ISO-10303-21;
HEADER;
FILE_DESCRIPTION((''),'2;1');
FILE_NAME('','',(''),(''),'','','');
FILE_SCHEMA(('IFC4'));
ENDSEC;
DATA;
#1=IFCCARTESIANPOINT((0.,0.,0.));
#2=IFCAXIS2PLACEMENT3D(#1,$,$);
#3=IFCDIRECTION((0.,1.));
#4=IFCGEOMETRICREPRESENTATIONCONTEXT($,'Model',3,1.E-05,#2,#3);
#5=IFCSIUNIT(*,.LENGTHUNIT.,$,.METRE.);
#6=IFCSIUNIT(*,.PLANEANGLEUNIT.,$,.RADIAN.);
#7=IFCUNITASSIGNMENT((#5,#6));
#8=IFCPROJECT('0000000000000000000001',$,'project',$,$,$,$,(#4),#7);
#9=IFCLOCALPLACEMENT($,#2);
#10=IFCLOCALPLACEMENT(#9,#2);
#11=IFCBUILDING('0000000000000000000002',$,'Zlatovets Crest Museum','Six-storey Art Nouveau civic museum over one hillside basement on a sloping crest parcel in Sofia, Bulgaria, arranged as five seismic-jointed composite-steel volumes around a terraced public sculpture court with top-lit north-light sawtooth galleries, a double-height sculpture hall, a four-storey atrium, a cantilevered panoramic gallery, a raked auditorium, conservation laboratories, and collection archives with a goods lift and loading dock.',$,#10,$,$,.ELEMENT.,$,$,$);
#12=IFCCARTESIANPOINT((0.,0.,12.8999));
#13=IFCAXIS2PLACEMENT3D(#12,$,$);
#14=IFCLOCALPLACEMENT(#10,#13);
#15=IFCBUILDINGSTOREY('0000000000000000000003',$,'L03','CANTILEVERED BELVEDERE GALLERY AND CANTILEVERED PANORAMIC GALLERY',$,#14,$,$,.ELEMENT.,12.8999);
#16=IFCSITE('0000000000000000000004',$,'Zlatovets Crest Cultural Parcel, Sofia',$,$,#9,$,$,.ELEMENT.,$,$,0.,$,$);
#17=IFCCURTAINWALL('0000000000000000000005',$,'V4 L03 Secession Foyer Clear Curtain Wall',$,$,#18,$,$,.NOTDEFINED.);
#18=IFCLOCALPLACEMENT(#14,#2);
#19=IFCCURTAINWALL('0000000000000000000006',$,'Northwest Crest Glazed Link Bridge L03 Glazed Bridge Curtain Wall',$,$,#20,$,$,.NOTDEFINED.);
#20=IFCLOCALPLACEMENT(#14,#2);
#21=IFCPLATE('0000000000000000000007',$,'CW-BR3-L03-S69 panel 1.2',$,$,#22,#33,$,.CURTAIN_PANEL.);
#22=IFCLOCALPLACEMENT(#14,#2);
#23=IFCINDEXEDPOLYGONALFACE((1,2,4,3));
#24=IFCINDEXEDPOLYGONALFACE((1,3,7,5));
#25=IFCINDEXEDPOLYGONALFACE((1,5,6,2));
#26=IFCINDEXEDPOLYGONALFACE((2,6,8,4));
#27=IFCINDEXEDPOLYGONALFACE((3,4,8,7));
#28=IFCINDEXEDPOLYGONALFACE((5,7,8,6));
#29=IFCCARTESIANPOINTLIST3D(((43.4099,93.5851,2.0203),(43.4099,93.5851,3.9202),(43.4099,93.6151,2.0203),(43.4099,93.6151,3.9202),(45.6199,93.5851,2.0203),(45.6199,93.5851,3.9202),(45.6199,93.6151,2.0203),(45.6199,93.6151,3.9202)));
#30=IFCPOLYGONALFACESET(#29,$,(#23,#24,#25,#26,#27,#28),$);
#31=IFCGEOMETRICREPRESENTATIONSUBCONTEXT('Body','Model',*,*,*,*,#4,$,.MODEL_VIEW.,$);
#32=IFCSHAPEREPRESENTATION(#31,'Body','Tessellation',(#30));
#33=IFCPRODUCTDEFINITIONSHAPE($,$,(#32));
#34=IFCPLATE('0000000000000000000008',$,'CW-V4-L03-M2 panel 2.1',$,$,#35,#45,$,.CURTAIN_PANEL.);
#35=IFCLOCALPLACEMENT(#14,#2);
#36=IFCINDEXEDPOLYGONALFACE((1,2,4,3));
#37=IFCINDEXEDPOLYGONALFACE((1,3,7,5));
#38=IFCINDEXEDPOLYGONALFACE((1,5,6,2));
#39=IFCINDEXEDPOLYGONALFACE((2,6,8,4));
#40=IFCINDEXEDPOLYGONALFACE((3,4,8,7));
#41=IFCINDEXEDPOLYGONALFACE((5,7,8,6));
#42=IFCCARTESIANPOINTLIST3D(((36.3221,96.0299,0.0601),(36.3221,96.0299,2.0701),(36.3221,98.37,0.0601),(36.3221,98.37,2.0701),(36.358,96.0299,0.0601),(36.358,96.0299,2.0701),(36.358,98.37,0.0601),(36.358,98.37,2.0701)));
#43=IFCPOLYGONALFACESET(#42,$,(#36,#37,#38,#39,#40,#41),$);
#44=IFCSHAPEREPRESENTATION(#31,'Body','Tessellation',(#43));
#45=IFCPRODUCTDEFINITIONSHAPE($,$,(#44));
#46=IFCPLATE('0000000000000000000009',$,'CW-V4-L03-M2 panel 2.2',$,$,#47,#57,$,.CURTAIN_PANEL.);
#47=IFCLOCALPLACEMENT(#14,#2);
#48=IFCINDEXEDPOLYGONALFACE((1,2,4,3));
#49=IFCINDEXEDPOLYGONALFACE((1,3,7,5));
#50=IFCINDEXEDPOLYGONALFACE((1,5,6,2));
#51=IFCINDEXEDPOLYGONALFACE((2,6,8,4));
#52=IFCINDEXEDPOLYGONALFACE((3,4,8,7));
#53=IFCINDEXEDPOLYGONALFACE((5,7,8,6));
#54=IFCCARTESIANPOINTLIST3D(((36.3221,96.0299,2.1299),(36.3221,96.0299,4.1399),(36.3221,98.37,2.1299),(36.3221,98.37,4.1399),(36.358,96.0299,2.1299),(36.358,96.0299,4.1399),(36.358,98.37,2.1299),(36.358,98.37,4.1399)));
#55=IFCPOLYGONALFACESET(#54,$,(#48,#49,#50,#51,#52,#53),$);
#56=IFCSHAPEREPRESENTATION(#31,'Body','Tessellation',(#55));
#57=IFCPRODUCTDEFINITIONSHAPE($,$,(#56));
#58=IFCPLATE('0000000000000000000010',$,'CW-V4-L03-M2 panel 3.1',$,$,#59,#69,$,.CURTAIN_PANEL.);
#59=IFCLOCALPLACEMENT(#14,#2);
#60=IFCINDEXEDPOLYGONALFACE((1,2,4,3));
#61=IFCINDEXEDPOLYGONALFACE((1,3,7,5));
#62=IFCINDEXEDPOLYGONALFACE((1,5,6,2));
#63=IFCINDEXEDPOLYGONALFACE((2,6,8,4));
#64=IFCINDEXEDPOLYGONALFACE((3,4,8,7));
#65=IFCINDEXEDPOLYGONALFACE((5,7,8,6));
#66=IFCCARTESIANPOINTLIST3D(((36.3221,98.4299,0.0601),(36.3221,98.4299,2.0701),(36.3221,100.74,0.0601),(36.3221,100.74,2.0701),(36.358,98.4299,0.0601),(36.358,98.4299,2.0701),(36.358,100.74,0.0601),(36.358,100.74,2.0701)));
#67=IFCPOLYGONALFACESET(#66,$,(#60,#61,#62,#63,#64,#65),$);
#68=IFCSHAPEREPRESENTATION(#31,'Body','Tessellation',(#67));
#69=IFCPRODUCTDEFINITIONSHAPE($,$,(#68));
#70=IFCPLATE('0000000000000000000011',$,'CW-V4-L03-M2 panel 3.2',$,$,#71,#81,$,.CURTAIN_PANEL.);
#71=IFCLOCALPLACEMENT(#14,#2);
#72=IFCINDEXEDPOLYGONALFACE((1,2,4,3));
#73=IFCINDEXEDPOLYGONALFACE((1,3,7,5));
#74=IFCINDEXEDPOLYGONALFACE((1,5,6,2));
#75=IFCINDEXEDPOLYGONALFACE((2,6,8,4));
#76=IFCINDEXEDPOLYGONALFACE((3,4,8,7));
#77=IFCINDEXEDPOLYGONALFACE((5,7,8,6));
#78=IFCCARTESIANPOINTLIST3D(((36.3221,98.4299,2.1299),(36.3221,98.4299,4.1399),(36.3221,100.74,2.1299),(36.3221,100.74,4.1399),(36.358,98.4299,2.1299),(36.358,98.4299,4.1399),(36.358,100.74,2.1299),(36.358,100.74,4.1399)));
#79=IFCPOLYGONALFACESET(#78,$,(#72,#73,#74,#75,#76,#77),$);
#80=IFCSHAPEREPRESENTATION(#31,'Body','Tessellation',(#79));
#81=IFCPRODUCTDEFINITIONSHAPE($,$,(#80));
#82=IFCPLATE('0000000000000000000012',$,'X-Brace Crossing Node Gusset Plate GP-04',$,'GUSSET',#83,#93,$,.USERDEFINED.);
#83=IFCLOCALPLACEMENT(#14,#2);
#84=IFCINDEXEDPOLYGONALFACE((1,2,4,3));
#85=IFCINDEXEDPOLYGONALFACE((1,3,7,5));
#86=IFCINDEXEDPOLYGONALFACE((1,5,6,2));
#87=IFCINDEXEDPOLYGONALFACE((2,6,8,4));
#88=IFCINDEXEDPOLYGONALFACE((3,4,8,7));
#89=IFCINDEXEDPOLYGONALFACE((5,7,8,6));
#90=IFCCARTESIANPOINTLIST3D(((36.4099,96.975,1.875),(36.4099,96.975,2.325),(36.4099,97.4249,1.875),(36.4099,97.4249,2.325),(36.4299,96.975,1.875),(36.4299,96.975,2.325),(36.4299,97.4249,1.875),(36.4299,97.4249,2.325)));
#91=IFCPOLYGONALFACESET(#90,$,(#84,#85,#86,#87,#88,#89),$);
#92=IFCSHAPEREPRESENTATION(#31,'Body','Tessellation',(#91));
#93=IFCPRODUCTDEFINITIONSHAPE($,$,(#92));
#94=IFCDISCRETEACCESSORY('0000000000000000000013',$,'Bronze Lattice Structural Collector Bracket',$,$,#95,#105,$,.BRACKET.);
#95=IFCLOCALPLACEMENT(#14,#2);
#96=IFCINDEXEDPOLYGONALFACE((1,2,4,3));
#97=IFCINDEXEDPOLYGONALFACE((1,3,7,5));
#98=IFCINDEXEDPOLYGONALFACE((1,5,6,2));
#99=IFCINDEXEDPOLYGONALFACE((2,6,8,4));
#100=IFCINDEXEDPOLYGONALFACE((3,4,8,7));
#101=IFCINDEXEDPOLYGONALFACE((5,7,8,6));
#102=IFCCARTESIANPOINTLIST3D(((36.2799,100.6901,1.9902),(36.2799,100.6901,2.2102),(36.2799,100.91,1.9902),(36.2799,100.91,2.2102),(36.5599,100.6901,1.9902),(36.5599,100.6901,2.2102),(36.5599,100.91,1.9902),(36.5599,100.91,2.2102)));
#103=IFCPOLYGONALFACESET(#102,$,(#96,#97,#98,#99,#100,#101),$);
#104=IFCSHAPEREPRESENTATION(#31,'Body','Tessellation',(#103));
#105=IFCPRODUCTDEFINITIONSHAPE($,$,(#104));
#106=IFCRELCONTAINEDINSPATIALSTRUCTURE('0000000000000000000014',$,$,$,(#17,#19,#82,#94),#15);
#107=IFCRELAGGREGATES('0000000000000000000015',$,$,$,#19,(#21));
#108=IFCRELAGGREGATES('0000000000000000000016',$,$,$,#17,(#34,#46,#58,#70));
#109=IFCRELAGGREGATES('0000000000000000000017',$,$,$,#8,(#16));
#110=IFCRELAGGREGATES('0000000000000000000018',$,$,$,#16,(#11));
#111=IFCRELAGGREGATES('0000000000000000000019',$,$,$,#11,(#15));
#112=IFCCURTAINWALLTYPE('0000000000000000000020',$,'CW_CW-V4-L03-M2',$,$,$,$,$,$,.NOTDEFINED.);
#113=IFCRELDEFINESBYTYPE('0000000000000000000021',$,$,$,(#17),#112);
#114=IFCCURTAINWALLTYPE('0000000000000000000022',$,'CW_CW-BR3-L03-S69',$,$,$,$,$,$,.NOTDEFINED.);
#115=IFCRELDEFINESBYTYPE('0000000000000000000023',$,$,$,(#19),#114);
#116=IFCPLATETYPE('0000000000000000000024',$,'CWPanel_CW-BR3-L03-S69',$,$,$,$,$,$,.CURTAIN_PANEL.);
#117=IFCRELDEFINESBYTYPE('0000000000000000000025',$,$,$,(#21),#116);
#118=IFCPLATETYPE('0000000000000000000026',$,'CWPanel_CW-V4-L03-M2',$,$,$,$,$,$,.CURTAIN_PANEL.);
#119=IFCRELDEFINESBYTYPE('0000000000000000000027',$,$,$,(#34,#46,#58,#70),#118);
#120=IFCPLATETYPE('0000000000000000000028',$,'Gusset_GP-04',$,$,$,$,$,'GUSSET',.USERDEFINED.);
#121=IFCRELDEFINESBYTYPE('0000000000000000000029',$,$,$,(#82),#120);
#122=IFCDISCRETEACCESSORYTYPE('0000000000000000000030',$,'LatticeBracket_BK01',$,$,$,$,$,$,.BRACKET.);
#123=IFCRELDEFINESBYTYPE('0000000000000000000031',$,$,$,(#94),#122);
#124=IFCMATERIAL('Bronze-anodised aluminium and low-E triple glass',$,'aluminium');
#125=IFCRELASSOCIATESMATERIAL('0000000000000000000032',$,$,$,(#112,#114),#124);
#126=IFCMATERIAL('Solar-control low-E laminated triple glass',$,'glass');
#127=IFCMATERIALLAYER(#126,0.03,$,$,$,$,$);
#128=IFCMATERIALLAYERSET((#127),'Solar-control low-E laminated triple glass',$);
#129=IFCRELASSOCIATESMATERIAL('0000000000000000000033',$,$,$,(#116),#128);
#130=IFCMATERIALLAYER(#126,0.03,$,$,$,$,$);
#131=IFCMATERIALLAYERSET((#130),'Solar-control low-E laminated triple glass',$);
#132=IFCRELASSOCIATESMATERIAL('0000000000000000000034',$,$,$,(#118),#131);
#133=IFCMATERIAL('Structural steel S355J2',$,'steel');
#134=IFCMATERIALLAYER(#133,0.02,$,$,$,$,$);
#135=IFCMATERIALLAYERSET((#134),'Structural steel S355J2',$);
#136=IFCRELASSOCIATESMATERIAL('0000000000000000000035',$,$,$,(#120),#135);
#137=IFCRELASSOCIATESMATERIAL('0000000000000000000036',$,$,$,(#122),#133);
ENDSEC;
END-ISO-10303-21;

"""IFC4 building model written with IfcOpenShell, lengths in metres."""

from ifc_helpers import new_model, si_unit, direction, frame, origin, origin_2d, place, context, subcontext, project, spatial, rectangle, extrude, material, layer, layer_set, type_object, element, aggregate, save


model = new_model("IFC4")

# Units and contexts
model_context = context("Model", 3, precision=1e-05, world=origin(), true_north=direction((0.0, 1.0)))
body_context = subcontext(model_context, "Body", "Model", "MODEL_VIEW")
ifc_project = project(units=[si_unit("LENGTHUNIT", "METRE"), si_unit("PLANEANGLEUNIT", "RADIAN")], contexts=[model_context])

# Site, building, storey
site_placement = place(None, origin())
site = spatial("IfcSite", under=ifc_project, at=site_placement, Name="Zlatovets Crest Cultural Parcel, Sofia", CompositionType="ELEMENT", RefElevation=0.0)
building_placement = place(site_placement, origin())
building = spatial("IfcBuilding", under=site, at=building_placement, Name="Zlatovets Crest Museum", Description="Six-storey Art Nouveau civic museum over one hillside basement on a sloping crest parcel in Sofia, Bulgaria, arranged as five seismic-jointed composite-steel volumes around a terraced public sculpture court with top-lit north-light sawtooth galleries, a double-height sculpture hall, a four-storey atrium, a cantilevered panoramic gallery, a raked auditorium, conservation laboratories, and collection archives with a goods lift and loading dock.", CompositionType="ELEMENT")
storey_placement = place(building_placement, frame((0.0, 0.0, 12.8999)))
storey = spatial("IfcBuildingStorey", under=building, at=storey_placement, Name="L03", Description="CANTILEVERED BELVEDERE GALLERY AND CANTILEVERED PANORAMIC GALLERY", CompositionType="ELEMENT", Elevation=12.8999)

# Shared definitions
ifc_material_1 = material(Name="Structural steel S355J2", Category="steel")

# Curtain wall
ifc_material_2 = material(Name="Bronze-anodised aluminium and low-E triple glass", Category="aluminium")
curtain_wall_type_1 = type_object("IfcCurtainWallType", Name="CW_CW-V4-L03-M2", PredefinedType="NOTDEFINED", material=ifc_material_2)
curtain_wall_1_placement = place(storey_placement, origin())
curtain_wall_1 = element("IfcCurtainWall", 1, at=curtain_wall_1_placement, inside=storey, type_object=curtain_wall_type_1, Name="V4 L03 Secession Foyer Clear Curtain Wall", PredefinedType="NOTDEFINED")

# Curtain wall
curtain_wall_type_2 = type_object("IfcCurtainWallType", Name="CW_CW-BR3-L03-S69", PredefinedType="NOTDEFINED", material=ifc_material_2)
curtain_wall_2_placement = place(storey_placement, origin())
curtain_wall_2 = element("IfcCurtainWall", 2, at=curtain_wall_2_placement, inside=storey, type_object=curtain_wall_type_2, Name="Northwest Crest Glazed Link Bridge L03 Glazed Bridge Curtain Wall", PredefinedType="NOTDEFINED")

# Plates
ifc_material_3 = material(Name="Solar-control low-E laminated triple glass", Category="glass")
ifc_layer_1 = layer(ifc_material_3, 0.03)
ifc_layer_set_1 = layer_set([ifc_layer_1], Name="Solar-control low-E laminated triple glass")
plate_type_1 = type_object("IfcPlateType", Name="CWPanel_CW-BR3-L03-S69", PredefinedType="CURTAIN_PANEL", material=ifc_layer_set_1)
plate_1_placement = place(storey_placement, frame((44.5149, 93.6001, 2.0203), z_axis=(0.0, 0.0, 1.0), x_axis=(1.0, 0.0, 0.0)))
plate_1 = element("IfcPlate", 3, at=plate_1_placement, type_object=plate_type_1, Name="CW-BR3-L03-S69 panel 1.2", PredefinedType="CURTAIN_PANEL", context=body_context, shape_type="SweptSolid", body=[
    extrude(rectangle(XDim=2.21, YDim=0.03, at=origin_2d()), origin(), (0.0, 0.0, 1.0), 1.8999),
])
aggregate(curtain_wall_2, [plate_1])
ifc_layer_2 = layer(ifc_material_3, 0.03)
ifc_layer_set_2 = layer_set([ifc_layer_2], Name="Solar-control low-E laminated triple glass")
plate_type_2 = type_object("IfcPlateType", Name="CWPanel_CW-V4-L03-M2", PredefinedType="CURTAIN_PANEL", material=ifc_layer_set_2)
plate_2_placement = place(storey_placement, frame((36.3401, 97.2, 0.0601), z_axis=(0.0, 0.0, 1.0), x_axis=(0.0, 1.0, 0.0)))
plate_2 = element("IfcPlate", 4, at=plate_2_placement, type_object=plate_type_2, Name="CW-V4-L03-M2 panel 2.1", PredefinedType="CURTAIN_PANEL", context=body_context, shape_type="SweptSolid", body=[
    extrude(rectangle(XDim=2.3401, YDim=0.0359, at=origin_2d()), origin(), (0.0, 0.0, 1.0), 2.01),
])
plate_3_placement = place(storey_placement, frame((36.3401, 97.2, 2.1299), z_axis=(0.0, 0.0, 1.0), x_axis=(0.0, 1.0, 0.0)))
plate_3 = element("IfcPlate", 5, at=plate_3_placement, type_object=plate_type_2, Name="CW-V4-L03-M2 panel 2.2", PredefinedType="CURTAIN_PANEL", context=body_context, shape_type="SweptSolid", body=[
    extrude(rectangle(XDim=2.3401, YDim=0.0359, at=origin_2d()), origin(), (0.0, 0.0, 1.0), 2.01),
])
plate_4_placement = place(storey_placement, frame((36.3401, 99.585, 0.0601), z_axis=(0.0, 0.0, 1.0), x_axis=(0.0, 1.0, 0.0)))
plate_4 = element("IfcPlate", 6, at=plate_4_placement, type_object=plate_type_2, Name="CW-V4-L03-M2 panel 3.1", PredefinedType="CURTAIN_PANEL", context=body_context, shape_type="SweptSolid", body=[
    extrude(rectangle(XDim=2.3101, YDim=0.0359, at=origin_2d()), origin(), (0.0, 0.0, 1.0), 2.01),
])
plate_5_placement = place(storey_placement, frame((36.3401, 99.585, 2.1299), z_axis=(0.0, 0.0, 1.0), x_axis=(0.0, 1.0, 0.0)))
plate_5 = element("IfcPlate", 7, at=plate_5_placement, type_object=plate_type_2, Name="CW-V4-L03-M2 panel 3.2", PredefinedType="CURTAIN_PANEL", context=body_context, shape_type="SweptSolid", body=[
    extrude(rectangle(XDim=2.3101, YDim=0.0359, at=origin_2d()), origin(), (0.0, 0.0, 1.0), 2.01),
])
aggregate(curtain_wall_1, [plate_2, plate_3, plate_4, plate_5])
ifc_layer_3 = layer(ifc_material_1, 0.02)
ifc_layer_set_3 = layer_set([ifc_layer_3], Name="Structural steel S355J2")
plate_type_3 = type_object("IfcPlateType", Name="Gusset_GP-04", ElementType="GUSSET", PredefinedType="USERDEFINED", material=ifc_layer_set_3)
plate_6_placement = place(storey_placement, frame((36.4199, 97.2, 1.875), z_axis=(0.0, 0.0, 1.0), x_axis=(1.0, 0.0, 0.0)))
element("IfcPlate", 8, at=plate_6_placement, inside=storey, type_object=plate_type_3, Name="X-Brace Crossing Node Gusset Plate GP-04", ObjectType="GUSSET", PredefinedType="USERDEFINED", context=body_context, shape_type="SweptSolid", body=[
    extrude(rectangle(XDim=0.02, YDim=0.45, at=origin_2d()), origin(), (0.0, 0.0, 1.0), 0.45),
])

# Discrete accessory
discrete_accessory_type = type_object("IfcDiscreteAccessoryType", Name="LatticeBracket_BK01", PredefinedType="BRACKET", material=ifc_material_1)
discrete_accessory_placement = place(storey_placement, frame((36.4199, 100.8, 1.9902), z_axis=(0.0, 0.0, 1.0), x_axis=(1.0, 0.0, 0.0)))
element("IfcDiscreteAccessory", 9, at=discrete_accessory_placement, inside=storey, type_object=discrete_accessory_type, Name="Bronze Lattice Structural Collector Bracket", PredefinedType="BRACKET", context=body_context, shape_type="SweptSolid", body=[
    extrude(rectangle(XDim=0.28, YDim=0.22, at=origin_2d()), origin(), (0.0, 0.0, 1.0), 0.22),
])

save(model, "model.ifc")
